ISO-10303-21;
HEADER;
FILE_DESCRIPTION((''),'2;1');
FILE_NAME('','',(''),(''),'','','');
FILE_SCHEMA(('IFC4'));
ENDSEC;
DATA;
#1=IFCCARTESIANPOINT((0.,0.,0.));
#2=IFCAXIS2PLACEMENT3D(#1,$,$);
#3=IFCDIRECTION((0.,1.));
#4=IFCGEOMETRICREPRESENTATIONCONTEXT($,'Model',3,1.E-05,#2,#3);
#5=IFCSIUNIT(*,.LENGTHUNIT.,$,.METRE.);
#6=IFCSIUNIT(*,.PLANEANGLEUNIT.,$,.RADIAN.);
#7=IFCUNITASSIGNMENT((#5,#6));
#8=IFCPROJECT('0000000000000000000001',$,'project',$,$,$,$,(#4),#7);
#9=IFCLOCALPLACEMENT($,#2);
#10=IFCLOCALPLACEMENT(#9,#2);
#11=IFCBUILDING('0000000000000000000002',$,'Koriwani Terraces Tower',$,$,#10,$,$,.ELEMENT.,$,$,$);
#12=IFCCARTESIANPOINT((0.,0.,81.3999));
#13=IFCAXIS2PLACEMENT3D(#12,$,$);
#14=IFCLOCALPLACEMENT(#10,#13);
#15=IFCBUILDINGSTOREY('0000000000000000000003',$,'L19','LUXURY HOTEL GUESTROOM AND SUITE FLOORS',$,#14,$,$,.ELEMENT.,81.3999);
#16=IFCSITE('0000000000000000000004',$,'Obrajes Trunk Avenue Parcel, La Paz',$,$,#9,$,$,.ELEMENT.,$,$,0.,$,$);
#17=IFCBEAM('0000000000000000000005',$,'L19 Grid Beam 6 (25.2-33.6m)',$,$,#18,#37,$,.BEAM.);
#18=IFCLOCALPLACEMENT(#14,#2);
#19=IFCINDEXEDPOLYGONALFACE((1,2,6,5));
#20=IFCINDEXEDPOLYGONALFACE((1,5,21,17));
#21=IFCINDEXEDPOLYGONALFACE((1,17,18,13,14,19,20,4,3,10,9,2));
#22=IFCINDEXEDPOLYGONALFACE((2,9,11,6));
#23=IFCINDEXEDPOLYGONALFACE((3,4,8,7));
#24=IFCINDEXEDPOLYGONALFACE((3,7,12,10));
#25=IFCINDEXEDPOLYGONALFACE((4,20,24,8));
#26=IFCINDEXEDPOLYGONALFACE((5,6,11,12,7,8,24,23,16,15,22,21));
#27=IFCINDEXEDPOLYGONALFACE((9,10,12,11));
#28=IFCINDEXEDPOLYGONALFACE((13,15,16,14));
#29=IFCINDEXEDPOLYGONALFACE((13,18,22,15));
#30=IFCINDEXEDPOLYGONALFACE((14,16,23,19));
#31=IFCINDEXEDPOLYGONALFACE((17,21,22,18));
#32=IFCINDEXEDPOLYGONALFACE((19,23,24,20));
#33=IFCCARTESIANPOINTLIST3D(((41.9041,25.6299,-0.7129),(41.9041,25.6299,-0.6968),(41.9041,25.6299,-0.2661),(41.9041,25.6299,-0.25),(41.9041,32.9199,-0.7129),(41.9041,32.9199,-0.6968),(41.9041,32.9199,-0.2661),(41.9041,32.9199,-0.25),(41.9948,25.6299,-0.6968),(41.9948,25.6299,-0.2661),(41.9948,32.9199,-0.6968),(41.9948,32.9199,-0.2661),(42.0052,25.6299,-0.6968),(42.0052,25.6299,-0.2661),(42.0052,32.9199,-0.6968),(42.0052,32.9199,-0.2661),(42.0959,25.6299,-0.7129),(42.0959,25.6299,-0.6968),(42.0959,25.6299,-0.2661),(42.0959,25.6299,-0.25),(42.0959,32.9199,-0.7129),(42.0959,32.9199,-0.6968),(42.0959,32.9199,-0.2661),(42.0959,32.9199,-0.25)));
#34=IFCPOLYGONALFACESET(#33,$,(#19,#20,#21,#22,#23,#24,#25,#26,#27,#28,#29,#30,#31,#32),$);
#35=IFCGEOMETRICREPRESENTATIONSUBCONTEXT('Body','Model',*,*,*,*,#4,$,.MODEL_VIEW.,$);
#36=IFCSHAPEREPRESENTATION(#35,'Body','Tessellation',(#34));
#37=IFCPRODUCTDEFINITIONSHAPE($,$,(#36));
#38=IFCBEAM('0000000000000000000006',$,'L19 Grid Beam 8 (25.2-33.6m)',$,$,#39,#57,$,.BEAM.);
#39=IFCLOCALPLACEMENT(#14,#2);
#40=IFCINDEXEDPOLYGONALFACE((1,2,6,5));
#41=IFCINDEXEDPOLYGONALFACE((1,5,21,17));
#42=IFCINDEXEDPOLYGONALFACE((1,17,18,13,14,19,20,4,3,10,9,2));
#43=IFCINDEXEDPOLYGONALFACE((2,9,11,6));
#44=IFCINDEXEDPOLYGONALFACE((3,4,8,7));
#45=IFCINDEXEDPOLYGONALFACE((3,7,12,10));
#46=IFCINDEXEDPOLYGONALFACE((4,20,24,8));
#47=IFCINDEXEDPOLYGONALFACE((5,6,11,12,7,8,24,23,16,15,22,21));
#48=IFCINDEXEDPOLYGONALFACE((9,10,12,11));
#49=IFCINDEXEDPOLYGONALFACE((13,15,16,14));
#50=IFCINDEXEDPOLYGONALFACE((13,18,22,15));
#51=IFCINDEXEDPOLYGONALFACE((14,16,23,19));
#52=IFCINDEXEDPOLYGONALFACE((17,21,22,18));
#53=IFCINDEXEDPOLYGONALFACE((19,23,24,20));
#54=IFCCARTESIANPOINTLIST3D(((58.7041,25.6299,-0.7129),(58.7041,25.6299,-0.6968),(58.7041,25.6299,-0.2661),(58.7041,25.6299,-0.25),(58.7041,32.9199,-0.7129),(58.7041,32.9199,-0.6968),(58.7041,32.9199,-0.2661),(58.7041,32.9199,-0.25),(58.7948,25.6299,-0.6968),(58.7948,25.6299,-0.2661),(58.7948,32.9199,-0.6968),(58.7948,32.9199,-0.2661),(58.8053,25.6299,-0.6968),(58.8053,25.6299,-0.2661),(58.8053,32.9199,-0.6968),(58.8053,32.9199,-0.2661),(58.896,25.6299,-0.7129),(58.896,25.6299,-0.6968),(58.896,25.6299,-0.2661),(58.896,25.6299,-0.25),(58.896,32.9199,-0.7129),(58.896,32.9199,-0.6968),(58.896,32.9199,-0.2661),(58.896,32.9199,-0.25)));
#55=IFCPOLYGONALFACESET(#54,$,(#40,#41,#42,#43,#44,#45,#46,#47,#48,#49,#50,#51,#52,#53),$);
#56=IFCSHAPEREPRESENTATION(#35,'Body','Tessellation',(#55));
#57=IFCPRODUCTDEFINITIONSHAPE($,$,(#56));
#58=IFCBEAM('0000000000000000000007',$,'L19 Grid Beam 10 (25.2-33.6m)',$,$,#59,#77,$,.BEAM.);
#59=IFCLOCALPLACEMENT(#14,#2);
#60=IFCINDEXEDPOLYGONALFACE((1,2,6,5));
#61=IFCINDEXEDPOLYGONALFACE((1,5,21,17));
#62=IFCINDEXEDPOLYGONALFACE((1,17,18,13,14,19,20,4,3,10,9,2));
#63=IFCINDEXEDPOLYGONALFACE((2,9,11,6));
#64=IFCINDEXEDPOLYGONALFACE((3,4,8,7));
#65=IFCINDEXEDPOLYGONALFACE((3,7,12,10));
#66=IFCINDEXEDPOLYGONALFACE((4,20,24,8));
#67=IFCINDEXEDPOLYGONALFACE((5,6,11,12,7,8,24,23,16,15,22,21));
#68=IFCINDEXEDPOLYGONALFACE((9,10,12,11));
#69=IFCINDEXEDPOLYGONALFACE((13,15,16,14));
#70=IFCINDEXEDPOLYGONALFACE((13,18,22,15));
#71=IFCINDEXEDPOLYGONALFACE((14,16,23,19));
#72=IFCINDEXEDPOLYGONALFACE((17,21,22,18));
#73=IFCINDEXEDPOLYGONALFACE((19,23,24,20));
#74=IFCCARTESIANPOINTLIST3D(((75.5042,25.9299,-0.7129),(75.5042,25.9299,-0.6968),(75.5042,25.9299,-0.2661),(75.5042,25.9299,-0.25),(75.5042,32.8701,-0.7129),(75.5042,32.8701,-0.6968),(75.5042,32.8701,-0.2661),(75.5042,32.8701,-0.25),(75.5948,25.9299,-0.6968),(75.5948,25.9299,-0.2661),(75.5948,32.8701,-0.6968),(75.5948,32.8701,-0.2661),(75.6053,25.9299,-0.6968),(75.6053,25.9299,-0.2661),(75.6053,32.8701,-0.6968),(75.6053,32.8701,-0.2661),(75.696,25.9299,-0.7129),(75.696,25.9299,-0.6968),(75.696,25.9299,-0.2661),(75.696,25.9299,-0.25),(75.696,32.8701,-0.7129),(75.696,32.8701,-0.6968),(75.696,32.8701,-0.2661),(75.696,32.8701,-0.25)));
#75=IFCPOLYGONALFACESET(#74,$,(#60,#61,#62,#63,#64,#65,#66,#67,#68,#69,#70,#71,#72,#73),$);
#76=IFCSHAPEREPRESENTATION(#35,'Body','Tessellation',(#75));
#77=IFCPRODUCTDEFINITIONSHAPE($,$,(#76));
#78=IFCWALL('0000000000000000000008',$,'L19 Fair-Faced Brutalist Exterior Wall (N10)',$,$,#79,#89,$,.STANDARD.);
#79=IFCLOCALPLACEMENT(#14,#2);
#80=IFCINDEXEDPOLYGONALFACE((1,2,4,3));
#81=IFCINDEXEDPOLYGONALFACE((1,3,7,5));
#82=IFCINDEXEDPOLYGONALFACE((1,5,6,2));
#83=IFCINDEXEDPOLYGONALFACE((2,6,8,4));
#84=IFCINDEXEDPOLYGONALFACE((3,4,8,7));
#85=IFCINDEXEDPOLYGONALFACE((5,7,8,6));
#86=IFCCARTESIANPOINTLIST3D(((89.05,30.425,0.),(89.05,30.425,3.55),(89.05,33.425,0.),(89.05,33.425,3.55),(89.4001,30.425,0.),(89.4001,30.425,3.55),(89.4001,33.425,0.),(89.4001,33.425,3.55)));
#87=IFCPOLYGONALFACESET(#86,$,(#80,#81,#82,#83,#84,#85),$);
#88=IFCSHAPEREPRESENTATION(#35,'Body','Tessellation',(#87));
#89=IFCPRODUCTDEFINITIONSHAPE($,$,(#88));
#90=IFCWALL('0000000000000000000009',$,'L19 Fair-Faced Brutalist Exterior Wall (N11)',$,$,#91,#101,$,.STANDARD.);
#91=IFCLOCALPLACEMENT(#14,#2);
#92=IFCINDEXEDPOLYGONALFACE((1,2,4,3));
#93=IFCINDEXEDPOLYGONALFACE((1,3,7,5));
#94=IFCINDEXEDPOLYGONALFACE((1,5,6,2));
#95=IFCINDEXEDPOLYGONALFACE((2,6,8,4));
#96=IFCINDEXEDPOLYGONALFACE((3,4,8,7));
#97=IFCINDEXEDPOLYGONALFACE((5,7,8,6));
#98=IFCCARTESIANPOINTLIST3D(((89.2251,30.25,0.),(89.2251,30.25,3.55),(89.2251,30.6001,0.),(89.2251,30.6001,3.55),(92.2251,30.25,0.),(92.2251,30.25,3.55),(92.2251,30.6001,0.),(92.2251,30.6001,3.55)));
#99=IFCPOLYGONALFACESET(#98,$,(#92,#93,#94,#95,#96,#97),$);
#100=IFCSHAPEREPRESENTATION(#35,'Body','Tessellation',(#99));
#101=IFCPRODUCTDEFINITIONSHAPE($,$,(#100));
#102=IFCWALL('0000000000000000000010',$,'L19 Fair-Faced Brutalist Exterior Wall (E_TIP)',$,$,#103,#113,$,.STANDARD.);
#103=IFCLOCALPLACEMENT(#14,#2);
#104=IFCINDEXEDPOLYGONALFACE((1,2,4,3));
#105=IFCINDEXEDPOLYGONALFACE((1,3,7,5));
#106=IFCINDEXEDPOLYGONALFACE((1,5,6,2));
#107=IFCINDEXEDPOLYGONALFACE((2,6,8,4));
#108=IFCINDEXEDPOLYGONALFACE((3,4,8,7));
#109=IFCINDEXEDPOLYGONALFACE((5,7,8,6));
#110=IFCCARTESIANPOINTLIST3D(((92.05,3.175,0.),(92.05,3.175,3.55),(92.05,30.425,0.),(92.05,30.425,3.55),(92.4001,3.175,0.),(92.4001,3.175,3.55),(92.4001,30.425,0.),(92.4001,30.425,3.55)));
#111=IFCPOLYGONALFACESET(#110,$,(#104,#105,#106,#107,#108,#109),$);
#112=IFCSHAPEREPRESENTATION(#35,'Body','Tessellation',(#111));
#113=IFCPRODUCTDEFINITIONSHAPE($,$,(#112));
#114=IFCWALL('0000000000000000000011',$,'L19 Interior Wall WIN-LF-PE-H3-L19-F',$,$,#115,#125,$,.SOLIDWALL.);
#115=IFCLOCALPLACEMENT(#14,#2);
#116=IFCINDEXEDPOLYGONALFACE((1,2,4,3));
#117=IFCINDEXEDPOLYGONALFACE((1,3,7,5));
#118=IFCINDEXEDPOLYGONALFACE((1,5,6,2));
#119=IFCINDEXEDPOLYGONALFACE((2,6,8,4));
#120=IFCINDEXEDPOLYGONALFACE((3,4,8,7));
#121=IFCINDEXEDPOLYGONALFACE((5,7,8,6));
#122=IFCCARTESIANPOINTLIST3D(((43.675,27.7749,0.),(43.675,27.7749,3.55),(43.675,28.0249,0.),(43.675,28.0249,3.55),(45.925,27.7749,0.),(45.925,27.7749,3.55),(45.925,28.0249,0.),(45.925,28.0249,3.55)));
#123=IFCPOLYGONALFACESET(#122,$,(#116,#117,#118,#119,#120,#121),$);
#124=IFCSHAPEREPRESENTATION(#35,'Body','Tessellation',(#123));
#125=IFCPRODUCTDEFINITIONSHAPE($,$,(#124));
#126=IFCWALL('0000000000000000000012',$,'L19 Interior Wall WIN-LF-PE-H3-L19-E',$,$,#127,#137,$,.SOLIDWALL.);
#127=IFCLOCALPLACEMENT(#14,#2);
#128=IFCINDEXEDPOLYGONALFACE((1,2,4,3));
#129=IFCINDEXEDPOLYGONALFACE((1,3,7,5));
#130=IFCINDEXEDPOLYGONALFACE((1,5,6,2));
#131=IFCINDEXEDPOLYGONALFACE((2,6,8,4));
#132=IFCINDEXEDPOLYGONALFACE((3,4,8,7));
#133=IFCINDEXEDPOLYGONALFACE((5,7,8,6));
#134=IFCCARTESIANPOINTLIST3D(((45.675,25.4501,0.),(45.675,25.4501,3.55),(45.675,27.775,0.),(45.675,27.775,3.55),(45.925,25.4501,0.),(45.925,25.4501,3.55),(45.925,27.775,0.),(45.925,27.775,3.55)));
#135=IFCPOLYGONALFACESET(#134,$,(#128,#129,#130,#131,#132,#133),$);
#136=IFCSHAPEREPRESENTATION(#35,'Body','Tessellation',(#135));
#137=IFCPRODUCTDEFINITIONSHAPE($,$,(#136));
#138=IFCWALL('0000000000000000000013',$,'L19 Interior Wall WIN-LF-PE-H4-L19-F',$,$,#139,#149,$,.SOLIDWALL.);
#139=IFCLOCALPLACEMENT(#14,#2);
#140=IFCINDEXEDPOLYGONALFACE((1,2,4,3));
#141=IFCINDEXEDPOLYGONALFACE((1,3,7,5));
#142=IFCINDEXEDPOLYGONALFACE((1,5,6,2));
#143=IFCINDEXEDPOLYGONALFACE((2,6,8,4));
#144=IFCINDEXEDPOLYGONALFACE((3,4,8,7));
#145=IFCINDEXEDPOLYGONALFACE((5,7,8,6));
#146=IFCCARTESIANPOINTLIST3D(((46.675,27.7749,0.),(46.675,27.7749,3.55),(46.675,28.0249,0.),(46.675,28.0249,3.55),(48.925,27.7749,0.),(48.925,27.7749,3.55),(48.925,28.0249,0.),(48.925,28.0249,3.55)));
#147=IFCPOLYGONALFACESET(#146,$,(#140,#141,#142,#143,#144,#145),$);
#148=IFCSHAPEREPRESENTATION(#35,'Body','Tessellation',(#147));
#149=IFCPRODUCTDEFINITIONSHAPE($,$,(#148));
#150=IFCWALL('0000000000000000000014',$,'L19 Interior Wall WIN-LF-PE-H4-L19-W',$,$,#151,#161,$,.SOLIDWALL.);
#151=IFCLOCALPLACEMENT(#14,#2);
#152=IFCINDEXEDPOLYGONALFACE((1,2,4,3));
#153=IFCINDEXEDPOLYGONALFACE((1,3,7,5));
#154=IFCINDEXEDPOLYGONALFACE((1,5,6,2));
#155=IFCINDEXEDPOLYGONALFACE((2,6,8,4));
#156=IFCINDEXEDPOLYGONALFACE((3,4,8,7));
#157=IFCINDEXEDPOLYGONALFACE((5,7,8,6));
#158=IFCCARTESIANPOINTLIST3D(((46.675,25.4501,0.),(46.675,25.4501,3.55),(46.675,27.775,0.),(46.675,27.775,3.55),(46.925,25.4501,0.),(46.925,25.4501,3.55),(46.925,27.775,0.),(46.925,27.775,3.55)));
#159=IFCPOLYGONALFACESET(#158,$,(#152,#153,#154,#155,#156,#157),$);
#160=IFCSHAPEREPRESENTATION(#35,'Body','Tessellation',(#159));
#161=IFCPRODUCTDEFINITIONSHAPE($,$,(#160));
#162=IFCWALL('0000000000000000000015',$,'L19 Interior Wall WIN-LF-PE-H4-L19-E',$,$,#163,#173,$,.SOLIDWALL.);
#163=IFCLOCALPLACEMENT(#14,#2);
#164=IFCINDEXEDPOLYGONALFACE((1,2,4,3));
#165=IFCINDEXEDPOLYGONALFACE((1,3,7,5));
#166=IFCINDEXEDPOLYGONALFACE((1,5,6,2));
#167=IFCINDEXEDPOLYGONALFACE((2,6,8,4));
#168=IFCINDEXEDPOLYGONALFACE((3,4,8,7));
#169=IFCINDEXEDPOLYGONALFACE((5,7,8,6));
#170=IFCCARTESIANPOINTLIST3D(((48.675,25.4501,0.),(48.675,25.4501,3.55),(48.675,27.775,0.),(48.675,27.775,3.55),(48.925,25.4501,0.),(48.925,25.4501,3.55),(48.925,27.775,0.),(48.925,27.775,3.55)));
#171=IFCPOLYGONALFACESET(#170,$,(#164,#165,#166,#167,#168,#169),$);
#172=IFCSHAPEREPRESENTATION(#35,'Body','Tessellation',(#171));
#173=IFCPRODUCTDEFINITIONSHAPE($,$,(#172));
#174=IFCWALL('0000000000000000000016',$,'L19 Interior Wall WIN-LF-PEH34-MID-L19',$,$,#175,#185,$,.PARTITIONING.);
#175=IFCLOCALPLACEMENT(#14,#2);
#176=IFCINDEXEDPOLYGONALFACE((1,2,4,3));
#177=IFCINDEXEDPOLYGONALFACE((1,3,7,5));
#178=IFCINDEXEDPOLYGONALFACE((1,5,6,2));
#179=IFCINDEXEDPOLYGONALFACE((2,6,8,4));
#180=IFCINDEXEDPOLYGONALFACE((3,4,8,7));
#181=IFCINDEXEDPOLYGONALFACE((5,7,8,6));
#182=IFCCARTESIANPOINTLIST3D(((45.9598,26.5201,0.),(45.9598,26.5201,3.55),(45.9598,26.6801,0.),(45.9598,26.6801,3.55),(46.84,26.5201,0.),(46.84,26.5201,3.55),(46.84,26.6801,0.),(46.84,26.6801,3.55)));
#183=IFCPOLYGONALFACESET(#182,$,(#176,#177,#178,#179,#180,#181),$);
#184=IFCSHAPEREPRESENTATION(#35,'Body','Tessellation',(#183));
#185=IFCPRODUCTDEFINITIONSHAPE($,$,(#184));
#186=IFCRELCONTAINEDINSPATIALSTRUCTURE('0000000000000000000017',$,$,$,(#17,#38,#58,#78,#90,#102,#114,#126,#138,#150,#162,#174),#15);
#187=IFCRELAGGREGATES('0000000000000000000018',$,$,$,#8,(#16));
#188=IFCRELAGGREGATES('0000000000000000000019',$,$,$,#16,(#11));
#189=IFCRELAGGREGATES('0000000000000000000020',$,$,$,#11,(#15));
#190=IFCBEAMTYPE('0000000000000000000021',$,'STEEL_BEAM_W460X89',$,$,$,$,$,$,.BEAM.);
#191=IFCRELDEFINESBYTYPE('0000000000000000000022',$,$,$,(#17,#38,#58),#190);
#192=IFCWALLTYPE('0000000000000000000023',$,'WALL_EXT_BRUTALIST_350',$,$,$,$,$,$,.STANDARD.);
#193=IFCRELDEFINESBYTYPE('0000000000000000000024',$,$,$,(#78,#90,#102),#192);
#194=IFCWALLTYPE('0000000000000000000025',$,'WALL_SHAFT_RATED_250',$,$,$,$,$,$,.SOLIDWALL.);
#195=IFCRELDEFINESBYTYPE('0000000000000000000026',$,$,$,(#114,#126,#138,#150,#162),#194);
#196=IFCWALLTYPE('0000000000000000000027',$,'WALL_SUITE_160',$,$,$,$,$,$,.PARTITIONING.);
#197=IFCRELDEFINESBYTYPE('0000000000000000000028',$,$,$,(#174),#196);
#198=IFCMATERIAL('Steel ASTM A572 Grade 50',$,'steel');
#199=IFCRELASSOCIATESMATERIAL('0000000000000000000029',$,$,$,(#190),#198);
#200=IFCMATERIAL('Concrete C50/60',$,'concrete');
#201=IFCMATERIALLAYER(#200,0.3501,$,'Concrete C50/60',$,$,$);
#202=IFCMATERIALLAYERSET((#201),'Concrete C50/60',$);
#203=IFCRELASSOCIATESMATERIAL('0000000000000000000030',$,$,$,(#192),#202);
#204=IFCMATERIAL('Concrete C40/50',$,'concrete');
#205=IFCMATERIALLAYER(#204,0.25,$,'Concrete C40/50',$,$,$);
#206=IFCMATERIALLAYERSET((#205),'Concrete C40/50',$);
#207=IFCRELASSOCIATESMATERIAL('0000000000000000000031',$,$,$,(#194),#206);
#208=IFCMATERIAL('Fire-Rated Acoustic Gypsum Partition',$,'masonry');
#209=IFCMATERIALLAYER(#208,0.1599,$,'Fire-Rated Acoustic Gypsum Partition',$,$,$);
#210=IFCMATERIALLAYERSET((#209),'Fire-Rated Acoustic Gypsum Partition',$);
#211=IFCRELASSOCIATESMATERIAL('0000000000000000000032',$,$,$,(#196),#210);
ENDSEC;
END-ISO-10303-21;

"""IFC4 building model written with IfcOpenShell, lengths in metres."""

from ifc_helpers import new_model, si_unit, direction, frame, frame_2d, origin, origin_2d, place, context, subcontext, project, spatial, rectangle, i_section, extrude, material, layer, layer_set, material_profile, profile_set, type_object, element, save


model = new_model("IFC4")

# Units and contexts
model_context = context("Model", 3, precision=1e-05, world=origin(), true_north=direction((0.0, 1.0)))
body_context = subcontext(model_context, "Body", "Model", "MODEL_VIEW")
ifc_project = project(units=[si_unit("LENGTHUNIT", "METRE"), si_unit("PLANEANGLEUNIT", "RADIAN")], contexts=[model_context])

# Site, building, storey
site_placement = place(None, origin())
site = spatial("IfcSite", under=ifc_project, at=site_placement, Name="Obrajes Trunk Avenue Parcel, La Paz", CompositionType="ELEMENT", RefElevation=0.0)
building_placement = place(site_placement, origin())
building = spatial("IfcBuilding", under=site, at=building_placement, Name="Koriwani Terraces Tower", CompositionType="ELEMENT")
storey_placement = place(building_placement, frame((0.0, 0.0, 81.3999)))
storey = spatial("IfcBuildingStorey", under=building, at=storey_placement, Name="L19", Description="LUXURY HOTEL GUESTROOM AND SUITE FLOORS", CompositionType="ELEMENT", Elevation=81.3999)

# Beams
ifc_material_1 = material(Name="Concrete C40/50", Category="concrete")
ifc_material_2 = material(Name="Concrete C50/60", Category="concrete")
ifc_material_3 = material(Name="Steel ASTM A572 Grade 50", Category="steel")
ifc_material_profile_1 = material_profile(ifc_material_3, i_section(OverallWidth=0.1919, OverallDepth=0.4629, WebThickness=0.0105, FlangeThickness=0.0161, at=origin_2d()), Name="Steel ASTM A572 Grade 50", Category="LoadBearing")
ifc_profile_set_1 = profile_set([ifc_material_profile_1], Name="Steel ASTM A572 Grade 50")
beam_type_1 = type_object("IfcBeamType", Name="STEEL_BEAM_W460X89", PredefinedType="BEAM", material=ifc_profile_set_1)
for number, where, z_axis, x_axis, name in (
    (1, (42.0, 25.6299, -0.4814), (0.0, 1.0, 0.0), (-1.0, 0.0, 0.0), "L19 Grid Beam 6 (25.2-33.6m)"),
    (2, (58.8, 25.6299, -0.4814), (0.0, 1.0, 0.0), (-1.0, 0.0, 0.0), "L19 Grid Beam 8 (25.2-33.6m)"),
):
    element("IfcBeam", number, at=place(storey_placement, frame(where, z_axis=z_axis, x_axis=x_axis)), inside=storey, type_object=beam_type_1, Name=name, PredefinedType="BEAM", context=body_context, shape_type="SweptSolid", body=[
        extrude(i_section(OverallWidth=0.1919, OverallDepth=0.4629, WebThickness=0.0105, FlangeThickness=0.0161, at=origin_2d()), origin(), (0.0, 0.0, 1.0), 7.29),
    ])
beam_1_placement = place(storey_placement, frame((75.6001, 25.9299, -0.4814), z_axis=(0.0, 1.0, 0.0), x_axis=(-1.0, 0.0, 0.0)))
element("IfcBeam", 3, at=beam_1_placement, inside=storey, type_object=beam_type_1, Name="L19 Grid Beam 10 (25.2-33.6m)", PredefinedType="BEAM", context=body_context, shape_type="SweptSolid", body=[
    extrude(i_section(OverallWidth=0.1919, OverallDepth=0.4629, WebThickness=0.0105, FlangeThickness=0.0161, at=origin_2d()), origin(), (0.0, 0.0, 1.0), 6.9402),
])

# Walls
ifc_layer_1 = layer(ifc_material_2, 0.3501, Name="Concrete C50/60")
ifc_layer_set_1 = layer_set([ifc_layer_1], Name="Concrete C50/60")
wall_type_1 = type_object("IfcWallType", Name="WALL_EXT_BRUTALIST_350", PredefinedType="STANDARD", material=ifc_layer_set_1)
for number, where, z_axis, x_axis, name in (
    (4, (89.2251, 33.425, 0.0), (0.0, 0.0, 1.0), (0.0, -1.0, 0.0), "L19 Fair-Faced Brutalist Exterior Wall (N10)"),
    (5, (89.2251, 30.425, 0.0), (0.0, 0.0, 1.0), (1.0, 0.0, 0.0), "L19 Fair-Faced Brutalist Exterior Wall (N11)"),
):
    element("IfcWall", number, at=place(storey_placement, frame(where, z_axis=z_axis, x_axis=x_axis)), inside=storey, type_object=wall_type_1, Name=name, PredefinedType="STANDARD", context=body_context, shape_type="SweptSolid", body=[
        extrude(rectangle(XDim=3.0, YDim=0.3501, at=frame_2d((1.5, 0.0))), origin(), (0.0, 0.0, 1.0), 3.55),
    ])
wall_1_placement = place(storey_placement, frame((92.2251, 30.425, 0.0), z_axis=(0.0, 0.0, 1.0), x_axis=(0.0, -1.0, 0.0)))
element("IfcWall", 6, at=wall_1_placement, inside=storey, type_object=wall_type_1, Name="L19 Fair-Faced Brutalist Exterior Wall (E_TIP)", PredefinedType="STANDARD", context=body_context, shape_type="SweptSolid", body=[
    extrude(rectangle(XDim=27.25, YDim=0.3501, at=frame_2d((13.625, 0.0))), origin(), (0.0, 0.0, 1.0), 3.55),
])
ifc_layer_2 = layer(ifc_material_1, 0.25, Name="Concrete C40/50")
ifc_layer_set_2 = layer_set([ifc_layer_2], Name="Concrete C40/50")
wall_type_2 = type_object("IfcWallType", Name="WALL_SHAFT_RATED_250", PredefinedType="SOLIDWALL", material=ifc_layer_set_2)
wall_2_placement = place(storey_placement, frame((43.675, 27.8999, 0.0), z_axis=(0.0, 0.0, 1.0), x_axis=(1.0, 0.0, 0.0)))
element("IfcWall", 7, at=wall_2_placement, inside=storey, type_object=wall_type_2, Name="L19 Interior Wall WIN-LF-PE-H3-L19-F", PredefinedType="SOLIDWALL", context=body_context, shape_type="SweptSolid", body=[
    extrude(rectangle(XDim=2.25, YDim=0.25, at=frame_2d((1.125, 0.0))), origin(), (0.0, 0.0, 1.0), 3.55),
])
wall_3_placement = place(storey_placement, frame((45.8, 25.45, 0.0), z_axis=(0.0, 0.0, 1.0), x_axis=(0.0, 1.0, 0.0)))
element("IfcWall", 8, at=wall_3_placement, inside=storey, type_object=wall_type_2, Name="L19 Interior Wall WIN-LF-PE-H3-L19-E", PredefinedType="SOLIDWALL", context=body_context, shape_type="SweptSolid", body=[
    extrude(rectangle(XDim=2.325, YDim=0.25, at=frame_2d((1.1626, 0.0))), origin(), (0.0, 0.0, 1.0), 3.55),
])
wall_4_placement = place(storey_placement, frame((46.675, 27.8999, 0.0), z_axis=(0.0, 0.0, 1.0), x_axis=(1.0, 0.0, 0.0)))
element("IfcWall", 9, at=wall_4_placement, inside=storey, type_object=wall_type_2, Name="L19 Interior Wall WIN-LF-PE-H4-L19-F", PredefinedType="SOLIDWALL", context=body_context, shape_type="SweptSolid", body=[
    extrude(rectangle(XDim=2.25, YDim=0.25, at=frame_2d((1.125, 0.0))), origin(), (0.0, 0.0, 1.0), 3.55),
])
for number, where, z_axis, x_axis, name in (
    (10, (46.8, 25.45, 0.0), (0.0, 0.0, 1.0), (0.0, 1.0, 0.0), "L19 Interior Wall WIN-LF-PE-H4-L19-W"),
    (11, (48.8, 25.45, 0.0), (0.0, 0.0, 1.0), (0.0, 1.0, 0.0), "L19 Interior Wall WIN-LF-PE-H4-L19-E"),
):
    element("IfcWall", number, at=place(storey_placement, frame(where, z_axis=z_axis, x_axis=x_axis)), inside=storey, type_object=wall_type_2, Name=name, PredefinedType="SOLIDWALL", context=body_context, shape_type="SweptSolid", body=[
        extrude(rectangle(XDim=2.325, YDim=0.25, at=frame_2d((1.1626, 0.0))), origin(), (0.0, 0.0, 1.0), 3.55),
    ])
ifc_material_4 = material(Name="Fire-Rated Acoustic Gypsum Partition", Category="masonry")
ifc_layer_3 = layer(ifc_material_4, 0.1599, Name="Fire-Rated Acoustic Gypsum Partition")
ifc_layer_set_3 = layer_set([ifc_layer_3], Name="Fire-Rated Acoustic Gypsum Partition")
wall_type_3 = type_object("IfcWallType", Name="WALL_SUITE_160", PredefinedType="PARTITIONING", material=ifc_layer_set_3)
wall_5_placement = place(storey_placement, frame((45.96, 26.6001, 0.0), z_axis=(0.0, 0.0, 1.0), x_axis=(1.0, 0.0, 0.0)))
element("IfcWall", 12, at=wall_5_placement, inside=storey, type_object=wall_type_3, Name="L19 Interior Wall WIN-LF-PEH34-MID-L19", PredefinedType="PARTITIONING", context=body_context, shape_type="SweptSolid", body=[
    extrude(rectangle(XDim=0.8801, YDim=0.1599, at=frame_2d((0.4399, 0.0))), origin(), (0.0, 0.0, 1.0), 3.55),
])

save(model, "model.ifc")
